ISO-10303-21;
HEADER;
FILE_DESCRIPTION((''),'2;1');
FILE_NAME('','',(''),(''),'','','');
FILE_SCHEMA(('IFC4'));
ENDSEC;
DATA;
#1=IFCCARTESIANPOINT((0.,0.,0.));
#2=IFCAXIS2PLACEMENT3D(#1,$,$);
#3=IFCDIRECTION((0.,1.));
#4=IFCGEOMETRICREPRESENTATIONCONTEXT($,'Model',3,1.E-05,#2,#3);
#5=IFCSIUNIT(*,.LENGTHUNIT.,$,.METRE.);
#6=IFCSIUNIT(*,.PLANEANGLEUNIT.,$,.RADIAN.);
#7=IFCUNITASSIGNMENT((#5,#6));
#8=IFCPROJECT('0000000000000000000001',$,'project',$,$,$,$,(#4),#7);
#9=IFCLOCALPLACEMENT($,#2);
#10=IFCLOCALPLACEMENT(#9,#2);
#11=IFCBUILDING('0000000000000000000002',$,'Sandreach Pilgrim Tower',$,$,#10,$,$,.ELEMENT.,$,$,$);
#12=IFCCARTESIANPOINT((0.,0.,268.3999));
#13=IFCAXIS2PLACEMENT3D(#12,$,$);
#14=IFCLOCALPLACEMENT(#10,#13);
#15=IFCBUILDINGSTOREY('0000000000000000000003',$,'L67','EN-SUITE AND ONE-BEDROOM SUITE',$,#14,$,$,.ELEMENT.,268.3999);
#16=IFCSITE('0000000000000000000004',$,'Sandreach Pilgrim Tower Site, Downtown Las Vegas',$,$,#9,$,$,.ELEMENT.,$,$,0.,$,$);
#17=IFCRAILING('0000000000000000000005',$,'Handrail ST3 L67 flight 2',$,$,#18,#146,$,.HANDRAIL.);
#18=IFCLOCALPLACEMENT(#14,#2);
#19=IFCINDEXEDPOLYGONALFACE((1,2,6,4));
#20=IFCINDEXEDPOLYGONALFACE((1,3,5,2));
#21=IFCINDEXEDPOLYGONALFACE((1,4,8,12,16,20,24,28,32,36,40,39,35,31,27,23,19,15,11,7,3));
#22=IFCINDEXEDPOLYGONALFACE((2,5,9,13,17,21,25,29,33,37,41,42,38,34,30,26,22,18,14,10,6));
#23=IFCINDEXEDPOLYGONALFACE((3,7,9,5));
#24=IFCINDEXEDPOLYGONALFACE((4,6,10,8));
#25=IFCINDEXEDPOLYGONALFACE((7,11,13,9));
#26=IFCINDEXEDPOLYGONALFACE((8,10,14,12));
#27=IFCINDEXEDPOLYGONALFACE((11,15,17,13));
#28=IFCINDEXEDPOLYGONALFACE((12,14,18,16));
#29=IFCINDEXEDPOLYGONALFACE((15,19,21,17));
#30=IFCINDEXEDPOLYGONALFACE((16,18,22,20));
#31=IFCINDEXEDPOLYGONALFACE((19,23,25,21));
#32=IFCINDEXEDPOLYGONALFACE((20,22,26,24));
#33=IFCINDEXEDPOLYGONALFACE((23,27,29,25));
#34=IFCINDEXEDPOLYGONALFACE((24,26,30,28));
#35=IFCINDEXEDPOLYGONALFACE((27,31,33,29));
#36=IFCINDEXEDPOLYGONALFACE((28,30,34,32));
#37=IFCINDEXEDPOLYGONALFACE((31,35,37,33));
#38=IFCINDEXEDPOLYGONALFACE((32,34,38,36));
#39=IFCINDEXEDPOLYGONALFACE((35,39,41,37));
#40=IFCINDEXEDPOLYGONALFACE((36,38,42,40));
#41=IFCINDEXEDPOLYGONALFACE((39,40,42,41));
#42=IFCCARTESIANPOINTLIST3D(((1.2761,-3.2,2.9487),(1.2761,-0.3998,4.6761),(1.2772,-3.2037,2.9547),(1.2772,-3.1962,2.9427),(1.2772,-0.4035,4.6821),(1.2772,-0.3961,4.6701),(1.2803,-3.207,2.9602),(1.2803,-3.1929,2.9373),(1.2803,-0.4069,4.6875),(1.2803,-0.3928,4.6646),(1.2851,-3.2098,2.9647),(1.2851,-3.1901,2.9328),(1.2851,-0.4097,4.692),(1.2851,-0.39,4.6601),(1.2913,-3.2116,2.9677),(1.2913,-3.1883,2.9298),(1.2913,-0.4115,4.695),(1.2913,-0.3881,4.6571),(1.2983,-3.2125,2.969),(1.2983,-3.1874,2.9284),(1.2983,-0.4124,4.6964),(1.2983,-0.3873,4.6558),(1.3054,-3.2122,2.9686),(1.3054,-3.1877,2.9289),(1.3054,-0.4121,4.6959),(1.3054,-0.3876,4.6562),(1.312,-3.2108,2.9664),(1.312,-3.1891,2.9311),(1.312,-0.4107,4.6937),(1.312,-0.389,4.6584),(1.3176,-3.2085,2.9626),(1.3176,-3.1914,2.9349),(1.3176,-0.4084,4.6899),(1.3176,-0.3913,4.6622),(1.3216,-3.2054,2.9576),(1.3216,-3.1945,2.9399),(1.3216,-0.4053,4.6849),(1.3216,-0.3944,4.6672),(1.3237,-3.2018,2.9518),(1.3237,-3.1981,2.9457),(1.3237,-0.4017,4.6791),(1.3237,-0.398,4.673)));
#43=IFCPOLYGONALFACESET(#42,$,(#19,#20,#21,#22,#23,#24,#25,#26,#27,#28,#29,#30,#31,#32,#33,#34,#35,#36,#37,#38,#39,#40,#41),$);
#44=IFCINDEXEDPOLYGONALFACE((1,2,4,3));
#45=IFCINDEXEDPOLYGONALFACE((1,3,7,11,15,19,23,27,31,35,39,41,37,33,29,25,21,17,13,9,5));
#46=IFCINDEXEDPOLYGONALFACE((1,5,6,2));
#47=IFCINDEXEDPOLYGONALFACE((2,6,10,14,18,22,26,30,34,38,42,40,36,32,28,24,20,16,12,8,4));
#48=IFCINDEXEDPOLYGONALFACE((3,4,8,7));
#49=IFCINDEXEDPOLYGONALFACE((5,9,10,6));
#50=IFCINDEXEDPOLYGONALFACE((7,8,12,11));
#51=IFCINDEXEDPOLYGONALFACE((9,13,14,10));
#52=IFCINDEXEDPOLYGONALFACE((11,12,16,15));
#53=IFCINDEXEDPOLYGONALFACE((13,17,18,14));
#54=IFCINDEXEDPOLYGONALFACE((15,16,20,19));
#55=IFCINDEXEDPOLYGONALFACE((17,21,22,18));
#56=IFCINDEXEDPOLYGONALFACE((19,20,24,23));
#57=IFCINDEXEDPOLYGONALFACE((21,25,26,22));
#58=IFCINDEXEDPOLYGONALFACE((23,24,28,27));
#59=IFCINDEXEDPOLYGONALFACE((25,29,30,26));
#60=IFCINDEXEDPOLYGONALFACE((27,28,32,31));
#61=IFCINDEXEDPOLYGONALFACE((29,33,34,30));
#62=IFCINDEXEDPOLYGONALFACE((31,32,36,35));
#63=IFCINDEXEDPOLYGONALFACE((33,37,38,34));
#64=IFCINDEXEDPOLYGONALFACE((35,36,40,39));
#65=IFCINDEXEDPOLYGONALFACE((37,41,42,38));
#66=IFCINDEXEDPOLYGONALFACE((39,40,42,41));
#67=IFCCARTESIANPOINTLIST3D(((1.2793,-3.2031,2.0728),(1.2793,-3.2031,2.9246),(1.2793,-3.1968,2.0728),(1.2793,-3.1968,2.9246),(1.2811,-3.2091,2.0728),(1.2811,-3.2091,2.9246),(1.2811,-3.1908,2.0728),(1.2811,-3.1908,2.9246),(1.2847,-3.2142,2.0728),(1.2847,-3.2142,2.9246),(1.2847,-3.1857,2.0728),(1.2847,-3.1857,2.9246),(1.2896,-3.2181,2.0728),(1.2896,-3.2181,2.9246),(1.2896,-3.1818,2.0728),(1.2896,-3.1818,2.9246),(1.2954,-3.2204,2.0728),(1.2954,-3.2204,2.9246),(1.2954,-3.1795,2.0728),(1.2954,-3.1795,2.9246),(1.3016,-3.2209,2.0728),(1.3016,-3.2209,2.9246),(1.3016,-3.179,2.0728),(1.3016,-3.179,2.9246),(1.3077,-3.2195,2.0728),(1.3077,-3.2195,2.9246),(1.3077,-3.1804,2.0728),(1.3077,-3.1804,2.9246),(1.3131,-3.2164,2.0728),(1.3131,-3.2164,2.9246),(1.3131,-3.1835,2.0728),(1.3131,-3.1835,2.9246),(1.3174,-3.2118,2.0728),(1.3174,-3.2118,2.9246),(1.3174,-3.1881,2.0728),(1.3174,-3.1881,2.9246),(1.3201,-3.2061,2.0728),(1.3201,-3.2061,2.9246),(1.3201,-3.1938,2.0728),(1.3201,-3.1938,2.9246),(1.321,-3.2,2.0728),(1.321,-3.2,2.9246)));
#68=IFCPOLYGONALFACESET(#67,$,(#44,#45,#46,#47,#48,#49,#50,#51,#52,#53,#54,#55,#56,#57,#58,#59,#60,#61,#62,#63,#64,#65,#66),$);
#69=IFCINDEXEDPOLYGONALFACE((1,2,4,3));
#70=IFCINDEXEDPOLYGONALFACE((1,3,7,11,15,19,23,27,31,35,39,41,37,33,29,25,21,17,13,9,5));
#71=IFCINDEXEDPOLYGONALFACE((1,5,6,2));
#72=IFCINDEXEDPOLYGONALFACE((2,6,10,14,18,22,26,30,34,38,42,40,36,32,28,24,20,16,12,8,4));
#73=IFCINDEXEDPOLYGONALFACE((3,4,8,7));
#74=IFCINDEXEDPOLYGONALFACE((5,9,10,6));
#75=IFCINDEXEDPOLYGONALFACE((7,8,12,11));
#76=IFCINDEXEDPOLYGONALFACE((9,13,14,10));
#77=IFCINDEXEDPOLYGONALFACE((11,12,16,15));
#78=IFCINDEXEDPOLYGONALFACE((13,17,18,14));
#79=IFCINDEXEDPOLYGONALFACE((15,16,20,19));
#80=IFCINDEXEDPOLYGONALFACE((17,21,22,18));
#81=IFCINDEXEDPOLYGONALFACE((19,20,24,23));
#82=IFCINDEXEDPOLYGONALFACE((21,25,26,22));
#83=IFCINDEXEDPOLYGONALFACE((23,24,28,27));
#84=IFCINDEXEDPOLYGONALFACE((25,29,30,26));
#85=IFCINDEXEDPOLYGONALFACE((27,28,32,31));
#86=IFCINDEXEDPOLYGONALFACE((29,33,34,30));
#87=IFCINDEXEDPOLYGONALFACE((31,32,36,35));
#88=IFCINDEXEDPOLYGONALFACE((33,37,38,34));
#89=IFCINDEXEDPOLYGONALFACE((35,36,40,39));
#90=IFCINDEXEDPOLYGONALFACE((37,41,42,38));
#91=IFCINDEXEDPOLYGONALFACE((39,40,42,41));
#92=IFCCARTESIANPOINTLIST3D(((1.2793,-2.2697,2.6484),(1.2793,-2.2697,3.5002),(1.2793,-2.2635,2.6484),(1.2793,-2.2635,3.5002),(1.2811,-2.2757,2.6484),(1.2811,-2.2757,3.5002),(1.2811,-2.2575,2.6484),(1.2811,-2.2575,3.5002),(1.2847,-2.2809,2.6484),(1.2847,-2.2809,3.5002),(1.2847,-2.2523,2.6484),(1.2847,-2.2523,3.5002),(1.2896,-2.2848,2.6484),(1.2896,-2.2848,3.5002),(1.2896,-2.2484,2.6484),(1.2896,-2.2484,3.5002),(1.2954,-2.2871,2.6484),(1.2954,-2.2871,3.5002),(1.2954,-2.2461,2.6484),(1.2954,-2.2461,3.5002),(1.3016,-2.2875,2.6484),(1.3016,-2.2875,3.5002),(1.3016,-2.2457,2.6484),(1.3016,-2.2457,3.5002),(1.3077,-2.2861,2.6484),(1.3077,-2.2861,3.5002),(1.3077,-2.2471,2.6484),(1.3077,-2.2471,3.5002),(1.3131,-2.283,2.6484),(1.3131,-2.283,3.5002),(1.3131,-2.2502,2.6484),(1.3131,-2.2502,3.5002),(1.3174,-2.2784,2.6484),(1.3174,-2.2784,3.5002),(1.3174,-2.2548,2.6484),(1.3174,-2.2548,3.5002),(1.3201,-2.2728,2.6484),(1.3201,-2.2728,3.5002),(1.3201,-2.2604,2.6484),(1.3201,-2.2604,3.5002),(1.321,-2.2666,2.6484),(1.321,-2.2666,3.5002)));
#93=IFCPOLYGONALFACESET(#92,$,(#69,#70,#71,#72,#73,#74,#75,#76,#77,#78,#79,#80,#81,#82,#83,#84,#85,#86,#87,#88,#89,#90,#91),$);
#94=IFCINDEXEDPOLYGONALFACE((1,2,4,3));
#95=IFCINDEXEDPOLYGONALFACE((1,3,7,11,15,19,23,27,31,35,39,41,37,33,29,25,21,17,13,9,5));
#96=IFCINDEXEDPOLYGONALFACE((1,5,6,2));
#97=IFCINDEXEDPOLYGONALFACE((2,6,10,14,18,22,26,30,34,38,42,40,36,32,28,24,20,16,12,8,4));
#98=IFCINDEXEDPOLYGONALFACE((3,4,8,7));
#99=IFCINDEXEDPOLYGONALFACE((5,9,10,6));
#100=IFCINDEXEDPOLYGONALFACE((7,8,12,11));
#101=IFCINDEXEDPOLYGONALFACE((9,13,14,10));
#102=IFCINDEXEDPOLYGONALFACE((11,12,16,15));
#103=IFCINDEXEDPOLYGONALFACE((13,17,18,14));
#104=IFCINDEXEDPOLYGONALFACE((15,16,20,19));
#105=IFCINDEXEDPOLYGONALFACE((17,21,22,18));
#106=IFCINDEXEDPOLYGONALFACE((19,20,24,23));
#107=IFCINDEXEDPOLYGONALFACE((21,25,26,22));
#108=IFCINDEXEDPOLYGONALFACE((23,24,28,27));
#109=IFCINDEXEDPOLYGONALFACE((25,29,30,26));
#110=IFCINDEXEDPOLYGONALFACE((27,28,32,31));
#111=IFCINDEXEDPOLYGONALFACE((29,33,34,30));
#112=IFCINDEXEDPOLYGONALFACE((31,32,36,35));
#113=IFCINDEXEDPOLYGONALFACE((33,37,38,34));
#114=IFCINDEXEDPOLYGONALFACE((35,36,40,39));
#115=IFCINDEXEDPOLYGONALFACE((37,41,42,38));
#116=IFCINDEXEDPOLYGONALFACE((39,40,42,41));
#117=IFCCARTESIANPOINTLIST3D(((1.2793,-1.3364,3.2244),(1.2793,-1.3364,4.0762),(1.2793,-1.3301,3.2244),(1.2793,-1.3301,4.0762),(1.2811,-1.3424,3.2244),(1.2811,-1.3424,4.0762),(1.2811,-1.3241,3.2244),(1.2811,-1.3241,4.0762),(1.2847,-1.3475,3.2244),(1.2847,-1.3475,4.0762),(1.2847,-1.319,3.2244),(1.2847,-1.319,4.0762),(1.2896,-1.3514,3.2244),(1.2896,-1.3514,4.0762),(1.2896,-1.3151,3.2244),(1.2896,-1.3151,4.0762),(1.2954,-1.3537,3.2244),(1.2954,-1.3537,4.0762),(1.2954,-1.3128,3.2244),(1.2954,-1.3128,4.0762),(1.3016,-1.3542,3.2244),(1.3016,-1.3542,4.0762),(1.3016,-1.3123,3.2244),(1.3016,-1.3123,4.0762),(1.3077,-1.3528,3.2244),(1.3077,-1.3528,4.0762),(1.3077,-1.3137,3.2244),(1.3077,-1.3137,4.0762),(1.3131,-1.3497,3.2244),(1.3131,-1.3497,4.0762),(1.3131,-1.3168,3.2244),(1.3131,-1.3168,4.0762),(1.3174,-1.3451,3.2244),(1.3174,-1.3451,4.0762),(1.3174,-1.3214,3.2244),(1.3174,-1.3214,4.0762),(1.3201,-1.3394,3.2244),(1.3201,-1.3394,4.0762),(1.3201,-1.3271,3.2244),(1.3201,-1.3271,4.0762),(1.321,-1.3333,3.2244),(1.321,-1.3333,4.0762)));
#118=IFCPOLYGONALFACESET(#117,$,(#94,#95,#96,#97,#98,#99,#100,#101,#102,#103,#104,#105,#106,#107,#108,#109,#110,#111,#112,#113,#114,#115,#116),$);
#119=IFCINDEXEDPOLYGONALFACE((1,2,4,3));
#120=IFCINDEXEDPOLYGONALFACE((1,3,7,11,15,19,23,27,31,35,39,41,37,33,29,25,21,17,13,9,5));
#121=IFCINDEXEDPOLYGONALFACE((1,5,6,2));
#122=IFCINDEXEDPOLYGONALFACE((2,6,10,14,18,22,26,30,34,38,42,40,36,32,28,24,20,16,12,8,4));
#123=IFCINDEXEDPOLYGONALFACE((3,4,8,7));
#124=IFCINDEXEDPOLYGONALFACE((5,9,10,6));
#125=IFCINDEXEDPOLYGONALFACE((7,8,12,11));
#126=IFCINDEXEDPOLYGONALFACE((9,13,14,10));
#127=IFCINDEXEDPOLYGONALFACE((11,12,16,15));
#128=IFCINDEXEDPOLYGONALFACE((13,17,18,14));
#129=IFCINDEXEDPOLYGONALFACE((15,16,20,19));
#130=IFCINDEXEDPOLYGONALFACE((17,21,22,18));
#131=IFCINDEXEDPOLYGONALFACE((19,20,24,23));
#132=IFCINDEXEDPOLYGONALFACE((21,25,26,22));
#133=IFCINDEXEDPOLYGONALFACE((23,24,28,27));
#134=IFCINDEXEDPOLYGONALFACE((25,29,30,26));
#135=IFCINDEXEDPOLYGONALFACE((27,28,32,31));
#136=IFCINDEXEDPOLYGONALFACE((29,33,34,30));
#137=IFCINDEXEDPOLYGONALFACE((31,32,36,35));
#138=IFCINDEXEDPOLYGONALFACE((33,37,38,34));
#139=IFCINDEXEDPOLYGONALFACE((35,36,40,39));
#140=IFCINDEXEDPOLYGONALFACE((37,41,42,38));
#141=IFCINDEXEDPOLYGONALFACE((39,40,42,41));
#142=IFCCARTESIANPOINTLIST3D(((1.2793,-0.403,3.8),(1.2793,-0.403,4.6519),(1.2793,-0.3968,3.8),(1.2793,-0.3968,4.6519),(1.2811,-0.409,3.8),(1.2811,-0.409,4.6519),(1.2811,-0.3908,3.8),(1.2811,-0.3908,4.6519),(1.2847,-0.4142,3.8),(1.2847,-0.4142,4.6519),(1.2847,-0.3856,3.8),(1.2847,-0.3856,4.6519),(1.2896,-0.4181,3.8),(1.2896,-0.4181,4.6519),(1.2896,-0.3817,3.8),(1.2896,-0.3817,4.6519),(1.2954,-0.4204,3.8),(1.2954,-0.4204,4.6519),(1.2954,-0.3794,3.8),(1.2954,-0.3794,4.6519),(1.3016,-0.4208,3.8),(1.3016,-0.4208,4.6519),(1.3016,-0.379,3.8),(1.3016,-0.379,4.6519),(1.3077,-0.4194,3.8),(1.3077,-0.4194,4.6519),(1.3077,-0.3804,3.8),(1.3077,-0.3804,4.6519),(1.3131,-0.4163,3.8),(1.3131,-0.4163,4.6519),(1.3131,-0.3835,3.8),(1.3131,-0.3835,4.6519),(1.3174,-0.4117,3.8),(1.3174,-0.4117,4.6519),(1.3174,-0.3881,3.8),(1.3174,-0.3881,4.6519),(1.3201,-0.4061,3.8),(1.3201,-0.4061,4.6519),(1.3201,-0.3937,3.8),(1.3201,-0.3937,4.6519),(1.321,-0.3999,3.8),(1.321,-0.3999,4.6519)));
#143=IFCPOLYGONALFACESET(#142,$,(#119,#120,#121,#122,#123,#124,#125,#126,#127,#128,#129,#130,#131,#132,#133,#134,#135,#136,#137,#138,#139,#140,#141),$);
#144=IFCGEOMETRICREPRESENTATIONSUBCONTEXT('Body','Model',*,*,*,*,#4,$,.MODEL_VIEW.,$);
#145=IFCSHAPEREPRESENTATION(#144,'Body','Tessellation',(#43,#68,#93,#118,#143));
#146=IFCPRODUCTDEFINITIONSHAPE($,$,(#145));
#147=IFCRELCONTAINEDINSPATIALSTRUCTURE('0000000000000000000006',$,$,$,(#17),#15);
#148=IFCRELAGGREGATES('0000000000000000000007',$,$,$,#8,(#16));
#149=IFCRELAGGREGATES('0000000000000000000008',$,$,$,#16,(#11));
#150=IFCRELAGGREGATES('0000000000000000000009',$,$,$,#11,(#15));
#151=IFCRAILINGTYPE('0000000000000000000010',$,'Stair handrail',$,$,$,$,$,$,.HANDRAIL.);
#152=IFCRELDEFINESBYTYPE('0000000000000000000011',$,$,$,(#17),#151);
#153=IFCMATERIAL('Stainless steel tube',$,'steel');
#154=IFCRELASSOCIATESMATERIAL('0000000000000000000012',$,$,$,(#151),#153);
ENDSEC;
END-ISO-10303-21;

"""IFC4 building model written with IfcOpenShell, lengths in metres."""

from ifc_helpers import new_model, si_unit, direction, frame, origin, origin_2d, place, context, subcontext, project, spatial, circle, extrude, material, type_object, element, save


model = new_model("IFC4")

# Units and contexts
model_context = context("Model", 3, precision=1e-05, world=origin(), true_north=direction((0.0, 1.0)))
body_context = subcontext(model_context, "Body", "Model", "MODEL_VIEW")
ifc_project = project(units=[si_unit("LENGTHUNIT", "METRE"), si_unit("PLANEANGLEUNIT", "RADIAN")], contexts=[model_context])

# Site, building, storey
site_placement = place(None, origin())
site = spatial("IfcSite", under=ifc_project, at=site_placement, Name="Sandreach Pilgrim Tower Site, Downtown Las Vegas", CompositionType="ELEMENT", RefElevation=0.0)
building_placement = place(site_placement, origin())
building = spatial("IfcBuilding", under=site, at=building_placement, Name="Sandreach Pilgrim Tower", CompositionType="ELEMENT")
storey_placement = place(building_placement, frame((0.0, 0.0, 268.3999)))
storey = spatial("IfcBuildingStorey", under=building, at=storey_placement, Name="L67", Description="EN-SUITE AND ONE-BEDROOM SUITE", CompositionType="ELEMENT", Elevation=268.3999)

# Railing
ifc_material_1 = material(Name="Stainless steel tube", Category="steel")
railing_type = type_object("IfcRailingType", Name="Stair handrail", PredefinedType="HANDRAIL", material=ifc_material_1)
for number, where, name in (
    (1, (1.3, -3.2, 2.0728), "Handrail ST3 L67 flight 2"),
):
    element("IfcRailing", number, at=place(storey_placement, frame(where)), inside=storey, type_object=railing_type, Name=name, PredefinedType="HANDRAIL", context=body_context, shape_type="SweptSolid", body=[
        extrude(circle(Radius=0.0239, at=origin_2d()), frame((0.0, 0.0, 0.876), z_axis=(0.0, 0.85109, 0.52502), x_axis=(-1.0, 0.0, 0.0)), (0.0, 0.0, 1.0), 3.29),
        extrude(circle(Radius=0.021, at=origin_2d()), origin(), (0.0, 0.0, 1.0), 0.8518),
        extrude(circle(Radius=0.021, at=origin_2d()), frame((0.0, 0.9333, 0.5757)), (0.0, 0.0, 1.0), 0.8518),
        extrude(circle(Radius=0.021, at=origin_2d()), frame((0.0, 1.8667, 1.1516)), (0.0, 0.0, 1.0), 0.8518),
        extrude(circle(Radius=0.021, at=origin_2d()), frame((0.0, 2.8, 1.7273)), (0.0, 0.0, 1.0), 0.8518),
    ])

save(model, "model.ifc")
